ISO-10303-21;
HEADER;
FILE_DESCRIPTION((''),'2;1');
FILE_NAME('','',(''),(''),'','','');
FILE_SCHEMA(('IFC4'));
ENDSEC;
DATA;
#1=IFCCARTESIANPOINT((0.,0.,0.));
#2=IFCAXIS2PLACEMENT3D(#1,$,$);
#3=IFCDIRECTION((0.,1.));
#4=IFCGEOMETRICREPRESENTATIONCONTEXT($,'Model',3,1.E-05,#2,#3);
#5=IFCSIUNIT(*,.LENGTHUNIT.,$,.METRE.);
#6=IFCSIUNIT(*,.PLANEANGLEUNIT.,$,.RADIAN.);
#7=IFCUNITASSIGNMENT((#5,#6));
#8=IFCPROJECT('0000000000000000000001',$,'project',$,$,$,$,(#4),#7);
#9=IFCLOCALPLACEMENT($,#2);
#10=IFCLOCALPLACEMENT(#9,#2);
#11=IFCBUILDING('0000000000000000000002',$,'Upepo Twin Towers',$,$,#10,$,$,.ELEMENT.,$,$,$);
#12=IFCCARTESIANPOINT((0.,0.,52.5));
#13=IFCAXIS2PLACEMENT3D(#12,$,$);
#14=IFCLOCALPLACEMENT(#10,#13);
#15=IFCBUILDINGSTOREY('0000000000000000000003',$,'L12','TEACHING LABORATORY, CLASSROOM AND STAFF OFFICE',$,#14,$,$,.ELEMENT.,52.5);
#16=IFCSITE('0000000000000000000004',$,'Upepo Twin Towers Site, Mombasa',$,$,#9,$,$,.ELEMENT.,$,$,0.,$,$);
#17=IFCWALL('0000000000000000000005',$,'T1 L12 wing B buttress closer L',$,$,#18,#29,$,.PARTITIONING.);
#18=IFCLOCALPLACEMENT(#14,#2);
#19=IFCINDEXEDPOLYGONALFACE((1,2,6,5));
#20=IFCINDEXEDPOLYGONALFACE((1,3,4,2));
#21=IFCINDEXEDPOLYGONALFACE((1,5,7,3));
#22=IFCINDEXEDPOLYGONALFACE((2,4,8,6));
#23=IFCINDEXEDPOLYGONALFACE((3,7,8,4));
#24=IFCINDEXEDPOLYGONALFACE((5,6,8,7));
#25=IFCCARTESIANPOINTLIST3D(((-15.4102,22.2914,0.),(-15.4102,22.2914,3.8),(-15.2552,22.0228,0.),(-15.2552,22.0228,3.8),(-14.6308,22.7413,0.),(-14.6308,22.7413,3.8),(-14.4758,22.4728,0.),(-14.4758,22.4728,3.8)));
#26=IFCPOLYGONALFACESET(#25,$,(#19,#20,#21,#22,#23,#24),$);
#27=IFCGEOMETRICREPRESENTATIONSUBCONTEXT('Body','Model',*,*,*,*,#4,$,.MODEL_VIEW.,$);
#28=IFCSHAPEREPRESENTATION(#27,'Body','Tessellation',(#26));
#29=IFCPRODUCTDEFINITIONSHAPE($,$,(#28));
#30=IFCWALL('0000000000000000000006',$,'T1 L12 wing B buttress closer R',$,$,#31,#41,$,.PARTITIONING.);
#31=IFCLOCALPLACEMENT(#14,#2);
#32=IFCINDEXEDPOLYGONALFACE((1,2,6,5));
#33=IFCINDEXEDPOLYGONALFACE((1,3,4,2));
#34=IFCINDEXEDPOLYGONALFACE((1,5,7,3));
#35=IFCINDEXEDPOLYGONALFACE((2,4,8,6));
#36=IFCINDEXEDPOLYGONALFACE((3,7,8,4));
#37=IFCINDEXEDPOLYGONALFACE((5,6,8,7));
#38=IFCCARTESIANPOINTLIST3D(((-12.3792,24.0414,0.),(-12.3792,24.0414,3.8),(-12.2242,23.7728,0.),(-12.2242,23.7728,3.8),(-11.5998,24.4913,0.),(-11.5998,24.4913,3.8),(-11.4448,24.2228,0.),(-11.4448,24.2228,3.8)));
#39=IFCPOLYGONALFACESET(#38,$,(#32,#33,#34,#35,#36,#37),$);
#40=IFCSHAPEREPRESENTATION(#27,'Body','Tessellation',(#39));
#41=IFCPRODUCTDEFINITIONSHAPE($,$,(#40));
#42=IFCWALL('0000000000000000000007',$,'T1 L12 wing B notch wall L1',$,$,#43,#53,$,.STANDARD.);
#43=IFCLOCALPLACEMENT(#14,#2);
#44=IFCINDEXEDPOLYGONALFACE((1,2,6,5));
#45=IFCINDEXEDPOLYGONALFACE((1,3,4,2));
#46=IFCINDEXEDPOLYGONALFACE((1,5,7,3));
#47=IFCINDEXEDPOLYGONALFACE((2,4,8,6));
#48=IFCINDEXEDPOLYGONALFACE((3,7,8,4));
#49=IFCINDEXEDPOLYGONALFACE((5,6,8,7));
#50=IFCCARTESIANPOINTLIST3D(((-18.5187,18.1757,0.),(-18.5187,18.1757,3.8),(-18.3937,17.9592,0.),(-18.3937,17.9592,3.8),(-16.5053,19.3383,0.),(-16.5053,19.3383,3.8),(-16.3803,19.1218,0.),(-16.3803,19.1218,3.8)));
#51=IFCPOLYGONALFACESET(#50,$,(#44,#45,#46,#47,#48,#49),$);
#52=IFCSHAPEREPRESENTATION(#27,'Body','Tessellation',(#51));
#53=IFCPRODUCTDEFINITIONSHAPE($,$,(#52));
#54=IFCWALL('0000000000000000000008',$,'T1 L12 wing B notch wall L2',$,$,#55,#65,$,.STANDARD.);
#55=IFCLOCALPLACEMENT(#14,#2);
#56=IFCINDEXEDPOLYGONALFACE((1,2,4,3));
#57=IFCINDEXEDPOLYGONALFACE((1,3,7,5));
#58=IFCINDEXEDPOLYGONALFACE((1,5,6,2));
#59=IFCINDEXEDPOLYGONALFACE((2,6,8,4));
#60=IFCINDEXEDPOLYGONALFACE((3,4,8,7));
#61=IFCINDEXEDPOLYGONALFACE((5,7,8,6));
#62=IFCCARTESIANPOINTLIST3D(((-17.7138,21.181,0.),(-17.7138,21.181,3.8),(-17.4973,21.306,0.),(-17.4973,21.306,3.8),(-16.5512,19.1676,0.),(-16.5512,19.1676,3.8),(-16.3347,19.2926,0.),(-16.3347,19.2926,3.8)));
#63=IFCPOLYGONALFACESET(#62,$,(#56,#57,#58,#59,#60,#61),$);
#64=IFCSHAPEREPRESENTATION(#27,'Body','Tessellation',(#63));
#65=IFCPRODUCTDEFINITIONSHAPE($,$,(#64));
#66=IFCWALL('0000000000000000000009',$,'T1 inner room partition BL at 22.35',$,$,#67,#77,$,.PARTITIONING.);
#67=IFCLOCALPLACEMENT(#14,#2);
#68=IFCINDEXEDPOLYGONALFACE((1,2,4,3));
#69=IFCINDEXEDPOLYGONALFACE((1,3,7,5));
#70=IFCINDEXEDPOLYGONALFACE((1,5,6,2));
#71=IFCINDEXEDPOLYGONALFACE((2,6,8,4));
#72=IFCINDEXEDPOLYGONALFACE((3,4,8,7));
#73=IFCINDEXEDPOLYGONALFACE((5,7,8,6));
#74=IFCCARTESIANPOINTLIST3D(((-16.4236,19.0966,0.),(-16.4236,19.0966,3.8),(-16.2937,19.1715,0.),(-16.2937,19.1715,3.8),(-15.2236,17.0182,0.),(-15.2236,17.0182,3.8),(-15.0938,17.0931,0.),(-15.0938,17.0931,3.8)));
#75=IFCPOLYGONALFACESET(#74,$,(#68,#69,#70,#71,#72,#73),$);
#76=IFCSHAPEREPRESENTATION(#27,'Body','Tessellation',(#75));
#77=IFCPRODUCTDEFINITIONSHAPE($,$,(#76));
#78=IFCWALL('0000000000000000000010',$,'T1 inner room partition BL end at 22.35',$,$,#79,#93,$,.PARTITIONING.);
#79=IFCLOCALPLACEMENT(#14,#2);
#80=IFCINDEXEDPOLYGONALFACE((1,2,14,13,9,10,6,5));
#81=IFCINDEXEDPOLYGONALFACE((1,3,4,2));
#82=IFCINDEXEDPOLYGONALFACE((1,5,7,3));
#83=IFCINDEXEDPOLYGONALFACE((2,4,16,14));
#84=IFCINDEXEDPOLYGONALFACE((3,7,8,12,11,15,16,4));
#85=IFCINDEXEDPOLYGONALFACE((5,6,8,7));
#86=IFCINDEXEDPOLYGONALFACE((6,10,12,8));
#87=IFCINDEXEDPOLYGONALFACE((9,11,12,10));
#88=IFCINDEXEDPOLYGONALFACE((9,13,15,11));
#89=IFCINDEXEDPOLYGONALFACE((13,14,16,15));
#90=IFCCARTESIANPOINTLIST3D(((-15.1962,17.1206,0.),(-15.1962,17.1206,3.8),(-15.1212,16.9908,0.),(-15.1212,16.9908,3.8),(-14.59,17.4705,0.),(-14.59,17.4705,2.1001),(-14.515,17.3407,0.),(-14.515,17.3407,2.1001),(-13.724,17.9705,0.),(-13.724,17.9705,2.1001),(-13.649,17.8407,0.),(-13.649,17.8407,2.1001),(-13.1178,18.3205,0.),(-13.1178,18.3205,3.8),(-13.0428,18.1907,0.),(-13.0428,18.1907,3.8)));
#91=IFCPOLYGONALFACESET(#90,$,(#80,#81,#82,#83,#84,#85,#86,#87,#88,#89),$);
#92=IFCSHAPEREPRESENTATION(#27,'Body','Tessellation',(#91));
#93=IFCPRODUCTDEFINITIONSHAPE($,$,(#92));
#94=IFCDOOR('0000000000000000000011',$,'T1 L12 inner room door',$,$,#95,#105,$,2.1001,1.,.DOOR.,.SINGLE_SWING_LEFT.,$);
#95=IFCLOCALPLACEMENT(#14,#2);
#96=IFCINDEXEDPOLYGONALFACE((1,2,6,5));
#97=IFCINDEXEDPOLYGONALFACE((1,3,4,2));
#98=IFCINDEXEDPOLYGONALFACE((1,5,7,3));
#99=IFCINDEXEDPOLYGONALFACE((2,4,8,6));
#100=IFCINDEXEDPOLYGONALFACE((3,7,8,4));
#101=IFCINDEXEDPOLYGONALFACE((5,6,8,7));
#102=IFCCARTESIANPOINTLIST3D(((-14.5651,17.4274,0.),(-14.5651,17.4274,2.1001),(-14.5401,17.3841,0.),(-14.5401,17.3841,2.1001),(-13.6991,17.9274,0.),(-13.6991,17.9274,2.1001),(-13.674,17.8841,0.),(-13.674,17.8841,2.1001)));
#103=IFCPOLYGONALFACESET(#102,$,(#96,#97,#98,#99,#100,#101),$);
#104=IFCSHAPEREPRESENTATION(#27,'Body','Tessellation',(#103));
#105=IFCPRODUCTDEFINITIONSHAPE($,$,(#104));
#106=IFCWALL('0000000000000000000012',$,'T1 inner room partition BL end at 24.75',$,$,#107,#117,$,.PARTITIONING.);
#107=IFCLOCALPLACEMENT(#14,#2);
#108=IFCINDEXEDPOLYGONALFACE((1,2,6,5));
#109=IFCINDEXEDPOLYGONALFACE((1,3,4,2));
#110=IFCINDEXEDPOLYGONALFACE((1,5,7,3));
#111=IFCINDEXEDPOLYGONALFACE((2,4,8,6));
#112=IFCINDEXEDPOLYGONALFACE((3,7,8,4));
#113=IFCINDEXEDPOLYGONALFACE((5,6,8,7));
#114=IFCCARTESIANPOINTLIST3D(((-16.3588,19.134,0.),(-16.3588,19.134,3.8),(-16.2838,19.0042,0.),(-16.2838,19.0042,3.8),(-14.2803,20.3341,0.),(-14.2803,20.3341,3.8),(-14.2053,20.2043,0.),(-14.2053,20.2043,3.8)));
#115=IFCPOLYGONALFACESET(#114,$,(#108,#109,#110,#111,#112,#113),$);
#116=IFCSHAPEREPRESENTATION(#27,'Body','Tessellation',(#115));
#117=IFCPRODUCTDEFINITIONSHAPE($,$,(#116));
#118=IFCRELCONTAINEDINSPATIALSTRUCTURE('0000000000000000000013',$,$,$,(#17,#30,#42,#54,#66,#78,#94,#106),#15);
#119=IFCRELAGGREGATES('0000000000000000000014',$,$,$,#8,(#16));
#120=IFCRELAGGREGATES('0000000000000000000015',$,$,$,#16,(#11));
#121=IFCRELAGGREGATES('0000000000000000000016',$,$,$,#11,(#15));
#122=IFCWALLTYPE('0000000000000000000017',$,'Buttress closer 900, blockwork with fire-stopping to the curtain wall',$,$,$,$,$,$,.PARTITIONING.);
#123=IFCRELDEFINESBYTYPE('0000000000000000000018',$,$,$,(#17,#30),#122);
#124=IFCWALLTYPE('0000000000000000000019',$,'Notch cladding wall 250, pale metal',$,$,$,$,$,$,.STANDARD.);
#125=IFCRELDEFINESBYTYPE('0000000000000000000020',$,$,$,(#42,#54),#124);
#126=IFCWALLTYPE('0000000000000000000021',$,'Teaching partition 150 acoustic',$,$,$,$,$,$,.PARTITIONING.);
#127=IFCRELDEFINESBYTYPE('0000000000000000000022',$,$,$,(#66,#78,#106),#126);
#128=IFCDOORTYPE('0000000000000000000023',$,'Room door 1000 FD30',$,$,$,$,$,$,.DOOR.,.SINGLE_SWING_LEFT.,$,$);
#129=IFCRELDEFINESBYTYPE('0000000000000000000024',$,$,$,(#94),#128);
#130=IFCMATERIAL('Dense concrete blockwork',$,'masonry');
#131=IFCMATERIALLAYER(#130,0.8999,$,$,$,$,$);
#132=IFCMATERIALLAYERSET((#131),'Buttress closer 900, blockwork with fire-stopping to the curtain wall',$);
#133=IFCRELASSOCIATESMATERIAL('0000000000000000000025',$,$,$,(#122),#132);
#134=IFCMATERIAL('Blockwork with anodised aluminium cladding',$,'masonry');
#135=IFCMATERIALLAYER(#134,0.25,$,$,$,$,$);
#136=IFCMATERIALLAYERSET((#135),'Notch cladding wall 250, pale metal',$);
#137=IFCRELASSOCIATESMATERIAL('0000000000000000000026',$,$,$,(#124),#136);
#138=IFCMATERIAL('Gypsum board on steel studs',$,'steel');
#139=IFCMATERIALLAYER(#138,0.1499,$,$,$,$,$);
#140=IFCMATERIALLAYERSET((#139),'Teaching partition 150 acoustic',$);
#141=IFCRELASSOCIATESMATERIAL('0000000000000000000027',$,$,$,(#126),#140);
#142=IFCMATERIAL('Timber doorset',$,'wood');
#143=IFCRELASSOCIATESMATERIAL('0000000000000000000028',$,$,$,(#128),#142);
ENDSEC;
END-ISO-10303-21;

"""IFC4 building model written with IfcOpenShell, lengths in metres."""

from ifc_helpers import new_model, si_unit, direction, frame, frame_2d, origin, place, context, subcontext, project, spatial, rectangle, extrude, material, layer, layer_set, type_object, element, fill, save


model = new_model("IFC4")

# Units and contexts
model_context = context("Model", 3, precision=1e-05, world=origin(), true_north=direction((0.0, 1.0)))
body_context = subcontext(model_context, "Body", "Model", "MODEL_VIEW")
ifc_project = project(units=[si_unit("LENGTHUNIT", "METRE"), si_unit("PLANEANGLEUNIT", "RADIAN")], contexts=[model_context])

# Site, building, storey
site_placement = place(None, origin())
site = spatial("IfcSite", under=ifc_project, at=site_placement, Name="Upepo Twin Towers Site, Mombasa", CompositionType="ELEMENT", RefElevation=0.0)
building_placement = place(site_placement, origin())
building = spatial("IfcBuilding", under=site, at=building_placement, Name="Upepo Twin Towers", CompositionType="ELEMENT")
storey_placement = place(building_placement, frame((0.0, 0.0, 52.5)))
storey = spatial("IfcBuildingStorey", under=building, at=storey_placement, Name="L12", Description="TEACHING LABORATORY, CLASSROOM AND STAFF OFFICE", CompositionType="ELEMENT", Elevation=52.5)

# Walls
ifc_material_1 = material(Name="Dense concrete blockwork", Category="masonry")
ifc_layer_1 = layer(ifc_material_1, 0.8999)
ifc_layer_set_1 = layer_set([ifc_layer_1], Name="Buttress closer 900, blockwork with fire-stopping to the curtain wall")
wall_type_1 = type_object("IfcWallType", Name="Buttress closer 900, blockwork with fire-stopping to the curtain wall", PredefinedType="PARTITIONING", material=ifc_layer_set_1)
for number, where, z_axis, x_axis, name in (
    (1, (-14.8655, 22.2478, 0.0), (0.0, 0.0, 1.0), (-0.49995, 0.866054, 0.0), "T1 L12 wing B buttress closer L"),
    (2, (-11.8345, 23.9978, 0.0), (0.0, 0.0, 1.0), (-0.49995, 0.866054, 0.0), "T1 L12 wing B buttress closer R"),
):
    element("IfcWall", number, at=place(storey_placement, frame(where, z_axis=z_axis, x_axis=x_axis)), inside=storey, type_object=wall_type_1, Name=name, PredefinedType="PARTITIONING", context=body_context, shape_type="SweptSolid", body=[
        extrude(rectangle(XDim=0.3101, YDim=0.8999, at=frame_2d((0.155, 0.0))), origin(), (0.0, 0.0, 1.0), 3.8),
    ])
ifc_material_2 = material(Name="Blockwork with anodised aluminium cladding", Category="masonry")
ifc_layer_2 = layer(ifc_material_2, 0.25)
ifc_layer_set_2 = layer_set([ifc_layer_2], Name="Notch cladding wall 250, pale metal")
wall_type_2 = type_object("IfcWallType", Name="Notch cladding wall 250, pale metal", PredefinedType="STANDARD", material=ifc_layer_set_2)
for number, where, z_axis, x_axis, name in (
    (3, (-18.4563, 18.0674, 0.0), (0.0, 0.0, 1.0), (0.865998, 0.500047, 0.0), "T1 L12 wing B notch wall L1"),
    (4, (-16.4429, 19.23, 0.0), (0.0, 0.0, 1.0), (-0.500047, 0.865998, 0.0), "T1 L12 wing B notch wall L2"),
):
    element("IfcWall", number, at=place(storey_placement, frame(where, z_axis=z_axis, x_axis=x_axis)), inside=storey, type_object=wall_type_2, Name=name, PredefinedType="STANDARD", context=body_context, shape_type="SweptSolid", body=[
        extrude(rectangle(XDim=2.325, YDim=0.25, at=frame_2d((1.1626, 0.0))), origin(), (0.0, 0.0, 1.0), 3.8),
    ])
ifc_material_3 = material(Name="Gypsum board on steel studs", Category="steel")
ifc_layer_3 = layer(ifc_material_3, 0.1499)
ifc_layer_set_3 = layer_set([ifc_layer_3], Name="Teaching partition 150 acoustic")
wall_type_3 = type_object("IfcWallType", Name="Teaching partition 150 acoustic", PredefinedType="PARTITIONING", material=ifc_layer_set_3)
wall_1_placement = place(storey_placement, frame((-15.1587, 17.0557, 0.0), z_axis=(0.0, 0.0, 1.0), x_axis=(-0.500001, 0.866025, 0.0)))
element("IfcWall", 5, at=wall_1_placement, inside=storey, type_object=wall_type_3, Name="T1 inner room partition BL at 22.35", PredefinedType="PARTITIONING", context=body_context, shape_type="SweptSolid", body=[
    extrude(rectangle(XDim=2.3999, YDim=0.1499, at=frame_2d((1.2, 0.0))), origin(), (0.0, 0.0, 1.0), 3.8),
])

# Wall, opening, door
wall_2_placement = place(storey_placement, frame((-13.0803, 18.2556, 0.0), z_axis=(0.0, 0.0, 1.0), x_axis=(-0.866025, -0.500001, 0.0)))
wall_2 = element("IfcWall", 6, at=wall_2_placement, inside=storey, type_object=wall_type_3, Name="T1 inner room partition BL end at 22.35", PredefinedType="PARTITIONING", context=body_context, shape_type="SweptSolid", body=[
    extrude(rectangle(XDim=2.3999, YDim=0.1499, at=frame_2d((1.2, 0.0))), origin(), (0.0, 0.0, 1.0), 3.8),
])
opening_placement = place(wall_2_placement, frame((0.7, 0.0, 0.0)))
opening = element("IfcOpeningElement", 7, at=opening_placement, cuts=wall_2, PredefinedType="OPENING", context=body_context, shape_type="SweptSolid", body=[
    extrude(rectangle(XDim=1.0, YDim=2.1001, at=frame_2d((0.5, 1.05))), frame((0.0, 0.085, 0.0), z_axis=(0.0, -1.0, 0.0), x_axis=(1.0, 0.0, 0.0)), (0.0, 0.0, 1.0), 0.1699),
])
ifc_material_4 = material(Name="Timber doorset", Category="wood")
door_type = type_object("IfcDoorType", Name="Room door 1000 FD30", OperationType="SINGLE_SWING_LEFT", PredefinedType="DOOR", material=ifc_material_4)
door_placement = place(opening_placement, origin())
door = element("IfcDoor", 8, at=door_placement, inside=storey, type_object=door_type, Name="T1 L12 inner room door", OperationType="SINGLE_SWING_LEFT", OverallHeight=2.1001, OverallWidth=1.0, PredefinedType="DOOR", context=body_context, shape_type="SweptSolid", body=[
    extrude(rectangle(XDim=1.0, YDim=2.1001, at=frame_2d((0.5, 1.05))), frame((0.0, 0.0249, 0.0), z_axis=(0.0, -1.0, 0.0), x_axis=(1.0, 0.0, 0.0)), (0.0, 0.0, 1.0), 0.05),
])
fill(opening, door)

# Wall
wall_3_placement = place(storey_placement, frame((-14.2427, 20.2693, 0.0), z_axis=(0.0, 0.0, 1.0), x_axis=(-0.866006, -0.500034, 0.0)))
element("IfcWall", 9, at=wall_3_placement, inside=storey, type_object=wall_type_3, Name="T1 inner room partition BL end at 24.75", PredefinedType="PARTITIONING", context=body_context, shape_type="SweptSolid", body=[
    extrude(rectangle(XDim=2.4001, YDim=0.1499, at=frame_2d((1.2002, 0.0))), origin(), (0.0, 0.0, 1.0), 3.8),
])

save(model, "model.ifc")
